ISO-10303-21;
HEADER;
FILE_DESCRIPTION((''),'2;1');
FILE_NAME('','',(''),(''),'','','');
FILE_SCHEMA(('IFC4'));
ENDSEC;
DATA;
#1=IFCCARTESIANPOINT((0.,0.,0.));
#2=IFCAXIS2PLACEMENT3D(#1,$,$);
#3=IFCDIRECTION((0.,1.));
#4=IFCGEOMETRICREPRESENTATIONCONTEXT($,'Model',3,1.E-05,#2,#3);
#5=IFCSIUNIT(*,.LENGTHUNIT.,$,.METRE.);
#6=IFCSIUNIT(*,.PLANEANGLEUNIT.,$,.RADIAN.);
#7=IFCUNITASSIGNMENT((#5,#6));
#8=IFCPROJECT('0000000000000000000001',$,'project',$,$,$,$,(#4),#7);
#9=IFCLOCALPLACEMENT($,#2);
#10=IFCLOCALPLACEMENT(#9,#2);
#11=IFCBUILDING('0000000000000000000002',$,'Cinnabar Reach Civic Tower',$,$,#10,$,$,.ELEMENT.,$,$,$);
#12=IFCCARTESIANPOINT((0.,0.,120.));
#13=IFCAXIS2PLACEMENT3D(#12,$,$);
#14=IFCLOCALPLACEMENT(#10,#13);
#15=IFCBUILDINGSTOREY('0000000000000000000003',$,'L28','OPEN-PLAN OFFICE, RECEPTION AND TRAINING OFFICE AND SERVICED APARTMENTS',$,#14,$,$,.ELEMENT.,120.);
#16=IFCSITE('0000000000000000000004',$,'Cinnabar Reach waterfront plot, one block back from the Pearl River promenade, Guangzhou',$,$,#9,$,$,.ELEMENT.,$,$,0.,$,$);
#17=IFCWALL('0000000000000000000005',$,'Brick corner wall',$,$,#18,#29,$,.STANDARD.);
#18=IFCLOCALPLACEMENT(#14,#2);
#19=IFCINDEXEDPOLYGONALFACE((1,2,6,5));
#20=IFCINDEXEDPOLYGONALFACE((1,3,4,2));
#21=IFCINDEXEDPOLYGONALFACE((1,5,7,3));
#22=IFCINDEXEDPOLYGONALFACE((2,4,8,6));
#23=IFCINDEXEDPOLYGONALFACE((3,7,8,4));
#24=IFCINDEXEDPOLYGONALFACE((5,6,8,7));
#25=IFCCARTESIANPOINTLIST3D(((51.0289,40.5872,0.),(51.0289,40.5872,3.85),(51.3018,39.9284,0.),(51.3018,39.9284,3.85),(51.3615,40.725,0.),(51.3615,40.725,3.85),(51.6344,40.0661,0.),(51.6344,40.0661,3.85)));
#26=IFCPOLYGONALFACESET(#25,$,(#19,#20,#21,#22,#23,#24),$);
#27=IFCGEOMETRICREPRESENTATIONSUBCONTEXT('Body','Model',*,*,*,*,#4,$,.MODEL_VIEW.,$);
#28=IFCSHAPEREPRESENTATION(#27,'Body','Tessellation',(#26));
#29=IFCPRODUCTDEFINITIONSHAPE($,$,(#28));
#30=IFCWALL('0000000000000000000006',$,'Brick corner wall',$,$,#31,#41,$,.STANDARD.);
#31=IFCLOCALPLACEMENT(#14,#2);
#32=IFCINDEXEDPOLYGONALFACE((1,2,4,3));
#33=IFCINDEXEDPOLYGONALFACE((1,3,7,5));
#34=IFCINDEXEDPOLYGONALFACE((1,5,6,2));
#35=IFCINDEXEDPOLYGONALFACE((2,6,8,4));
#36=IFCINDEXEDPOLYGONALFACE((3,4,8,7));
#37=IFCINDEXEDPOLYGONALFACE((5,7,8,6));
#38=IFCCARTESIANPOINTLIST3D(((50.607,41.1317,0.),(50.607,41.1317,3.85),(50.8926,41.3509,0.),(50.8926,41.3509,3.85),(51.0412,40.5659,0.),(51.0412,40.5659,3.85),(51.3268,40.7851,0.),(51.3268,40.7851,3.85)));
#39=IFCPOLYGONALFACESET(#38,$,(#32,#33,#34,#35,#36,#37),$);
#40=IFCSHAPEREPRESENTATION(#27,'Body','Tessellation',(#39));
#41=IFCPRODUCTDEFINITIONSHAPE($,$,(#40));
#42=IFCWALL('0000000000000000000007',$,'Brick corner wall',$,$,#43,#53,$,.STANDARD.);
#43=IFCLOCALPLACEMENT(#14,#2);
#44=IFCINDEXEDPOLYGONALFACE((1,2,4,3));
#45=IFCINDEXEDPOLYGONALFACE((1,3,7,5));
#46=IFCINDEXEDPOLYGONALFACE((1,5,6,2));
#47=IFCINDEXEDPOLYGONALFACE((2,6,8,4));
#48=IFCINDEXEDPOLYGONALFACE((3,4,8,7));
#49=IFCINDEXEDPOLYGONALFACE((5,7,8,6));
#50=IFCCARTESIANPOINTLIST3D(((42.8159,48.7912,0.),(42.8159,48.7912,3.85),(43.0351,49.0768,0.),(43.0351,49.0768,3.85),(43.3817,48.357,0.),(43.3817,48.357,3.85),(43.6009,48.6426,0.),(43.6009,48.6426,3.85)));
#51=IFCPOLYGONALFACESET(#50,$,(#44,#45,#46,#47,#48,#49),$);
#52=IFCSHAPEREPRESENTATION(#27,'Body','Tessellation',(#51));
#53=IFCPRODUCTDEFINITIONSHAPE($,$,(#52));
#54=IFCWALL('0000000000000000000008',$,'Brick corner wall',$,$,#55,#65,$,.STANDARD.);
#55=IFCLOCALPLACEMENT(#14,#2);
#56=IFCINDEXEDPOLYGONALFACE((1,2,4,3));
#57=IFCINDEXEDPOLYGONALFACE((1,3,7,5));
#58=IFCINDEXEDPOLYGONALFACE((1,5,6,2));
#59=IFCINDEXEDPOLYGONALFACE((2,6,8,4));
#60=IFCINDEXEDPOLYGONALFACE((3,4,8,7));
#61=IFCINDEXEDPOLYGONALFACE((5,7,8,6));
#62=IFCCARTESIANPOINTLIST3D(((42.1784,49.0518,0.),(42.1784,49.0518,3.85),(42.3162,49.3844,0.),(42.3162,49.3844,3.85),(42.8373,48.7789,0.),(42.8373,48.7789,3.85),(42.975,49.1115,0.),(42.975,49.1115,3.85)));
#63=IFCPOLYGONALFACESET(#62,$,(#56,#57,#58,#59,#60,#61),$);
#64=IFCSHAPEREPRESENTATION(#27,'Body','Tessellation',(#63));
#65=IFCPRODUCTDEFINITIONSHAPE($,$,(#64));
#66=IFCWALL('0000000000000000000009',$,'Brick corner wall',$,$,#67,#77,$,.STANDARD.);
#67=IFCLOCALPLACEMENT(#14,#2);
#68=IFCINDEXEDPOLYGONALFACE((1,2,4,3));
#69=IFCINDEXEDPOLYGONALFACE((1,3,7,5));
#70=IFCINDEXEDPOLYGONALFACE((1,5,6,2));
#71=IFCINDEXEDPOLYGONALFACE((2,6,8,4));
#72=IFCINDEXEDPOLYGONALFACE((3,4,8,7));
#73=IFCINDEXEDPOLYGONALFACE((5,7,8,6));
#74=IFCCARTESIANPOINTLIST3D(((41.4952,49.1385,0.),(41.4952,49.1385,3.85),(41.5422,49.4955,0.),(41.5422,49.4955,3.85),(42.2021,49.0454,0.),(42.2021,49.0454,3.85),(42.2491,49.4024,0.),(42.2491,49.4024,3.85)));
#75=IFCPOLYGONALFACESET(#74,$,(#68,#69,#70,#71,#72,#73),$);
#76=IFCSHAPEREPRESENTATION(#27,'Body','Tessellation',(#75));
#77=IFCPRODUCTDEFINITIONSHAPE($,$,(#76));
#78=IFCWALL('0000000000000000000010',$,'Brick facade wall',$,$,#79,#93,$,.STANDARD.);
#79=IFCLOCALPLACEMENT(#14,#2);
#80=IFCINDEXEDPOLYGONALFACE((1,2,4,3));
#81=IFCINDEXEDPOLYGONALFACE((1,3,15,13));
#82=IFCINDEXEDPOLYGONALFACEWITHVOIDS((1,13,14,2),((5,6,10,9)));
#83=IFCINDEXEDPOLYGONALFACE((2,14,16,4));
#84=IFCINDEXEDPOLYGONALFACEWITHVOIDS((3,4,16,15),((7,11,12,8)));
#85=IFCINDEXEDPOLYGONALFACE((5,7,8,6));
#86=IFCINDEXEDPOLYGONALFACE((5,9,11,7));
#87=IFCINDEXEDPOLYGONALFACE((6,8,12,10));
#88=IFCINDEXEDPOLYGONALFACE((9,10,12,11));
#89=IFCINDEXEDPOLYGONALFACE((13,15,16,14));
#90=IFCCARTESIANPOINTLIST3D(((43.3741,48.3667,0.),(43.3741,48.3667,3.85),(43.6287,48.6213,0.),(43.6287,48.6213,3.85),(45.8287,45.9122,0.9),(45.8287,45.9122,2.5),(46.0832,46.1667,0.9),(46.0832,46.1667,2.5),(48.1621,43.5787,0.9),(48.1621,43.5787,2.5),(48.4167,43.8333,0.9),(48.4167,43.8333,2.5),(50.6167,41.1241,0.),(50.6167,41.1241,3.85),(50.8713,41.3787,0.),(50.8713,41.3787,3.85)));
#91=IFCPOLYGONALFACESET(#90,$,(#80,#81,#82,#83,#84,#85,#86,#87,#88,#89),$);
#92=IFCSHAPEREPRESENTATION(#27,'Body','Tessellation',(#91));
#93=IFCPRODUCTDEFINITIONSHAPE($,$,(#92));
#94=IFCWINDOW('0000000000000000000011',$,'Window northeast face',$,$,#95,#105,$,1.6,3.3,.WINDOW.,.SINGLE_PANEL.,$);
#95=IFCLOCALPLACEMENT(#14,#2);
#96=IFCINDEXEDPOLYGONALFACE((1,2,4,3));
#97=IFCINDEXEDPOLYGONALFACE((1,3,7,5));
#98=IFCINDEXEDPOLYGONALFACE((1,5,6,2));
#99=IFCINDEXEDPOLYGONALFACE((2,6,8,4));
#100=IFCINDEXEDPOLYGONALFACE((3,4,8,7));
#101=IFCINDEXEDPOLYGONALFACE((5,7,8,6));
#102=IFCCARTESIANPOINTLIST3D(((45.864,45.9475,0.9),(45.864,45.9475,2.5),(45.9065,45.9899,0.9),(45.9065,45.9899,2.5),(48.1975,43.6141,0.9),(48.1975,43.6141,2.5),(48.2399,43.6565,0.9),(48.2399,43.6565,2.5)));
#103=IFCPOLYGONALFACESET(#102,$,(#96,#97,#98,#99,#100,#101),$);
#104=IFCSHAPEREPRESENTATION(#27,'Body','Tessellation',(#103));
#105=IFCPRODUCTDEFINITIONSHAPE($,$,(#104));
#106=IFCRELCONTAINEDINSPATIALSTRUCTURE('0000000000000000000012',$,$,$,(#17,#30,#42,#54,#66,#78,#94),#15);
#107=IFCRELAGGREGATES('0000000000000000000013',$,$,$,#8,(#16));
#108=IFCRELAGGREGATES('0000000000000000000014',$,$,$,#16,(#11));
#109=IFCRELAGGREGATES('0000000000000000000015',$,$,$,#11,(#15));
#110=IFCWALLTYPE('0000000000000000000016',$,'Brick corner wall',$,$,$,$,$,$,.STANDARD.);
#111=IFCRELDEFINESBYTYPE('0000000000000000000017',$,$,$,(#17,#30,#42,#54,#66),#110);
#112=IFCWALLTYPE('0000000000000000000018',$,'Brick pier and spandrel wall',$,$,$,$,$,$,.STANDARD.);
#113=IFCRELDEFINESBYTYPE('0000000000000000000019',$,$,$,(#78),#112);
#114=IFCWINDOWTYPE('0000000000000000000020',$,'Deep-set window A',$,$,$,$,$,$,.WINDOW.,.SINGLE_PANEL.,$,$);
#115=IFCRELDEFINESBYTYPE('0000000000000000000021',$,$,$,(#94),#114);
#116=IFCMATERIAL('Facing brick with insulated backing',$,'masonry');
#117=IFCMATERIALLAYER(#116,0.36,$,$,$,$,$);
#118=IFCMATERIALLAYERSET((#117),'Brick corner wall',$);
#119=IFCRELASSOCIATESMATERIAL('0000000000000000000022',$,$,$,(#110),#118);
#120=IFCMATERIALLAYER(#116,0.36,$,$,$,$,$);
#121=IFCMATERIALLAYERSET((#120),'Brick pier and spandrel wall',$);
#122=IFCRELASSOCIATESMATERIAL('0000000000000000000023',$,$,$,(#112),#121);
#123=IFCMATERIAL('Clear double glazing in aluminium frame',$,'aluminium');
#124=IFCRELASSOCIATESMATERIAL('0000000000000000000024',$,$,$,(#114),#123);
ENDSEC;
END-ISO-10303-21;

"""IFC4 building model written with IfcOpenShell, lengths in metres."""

from ifc_helpers import new_model, si_unit, direction, frame, frame_2d, origin, place, context, subcontext, project, spatial, rectangle, extrude, material, layer, layer_set, type_object, element, fill, save


model = new_model("IFC4")

# Units and contexts
model_context = context("Model", 3, precision=1e-05, world=origin(), true_north=direction((0.0, 1.0)))
body_context = subcontext(model_context, "Body", "Model", "MODEL_VIEW")
ifc_project = project(units=[si_unit("LENGTHUNIT", "METRE"), si_unit("PLANEANGLEUNIT", "RADIAN")], contexts=[model_context])

# Site, building, storey
site_placement = place(None, origin())
site = spatial("IfcSite", under=ifc_project, at=site_placement, Name="Cinnabar Reach waterfront plot, one block back from the Pearl River promenade, Guangzhou", CompositionType="ELEMENT", RefElevation=0.0)
building_placement = place(site_placement, origin())
building = spatial("IfcBuilding", under=site, at=building_placement, Name="Cinnabar Reach Civic Tower", CompositionType="ELEMENT")
storey_placement = place(building_placement, frame((0.0, 0.0, 120.0)))
storey = spatial("IfcBuildingStorey", under=building, at=storey_placement, Name="L28", Description="OPEN-PLAN OFFICE, RECEPTION AND TRAINING OFFICE AND SERVICED APARTMENTS", CompositionType="ELEMENT", Elevation=120.0)

# Walls
ifc_material_1 = material(Name="Facing brick with insulated backing", Category="masonry")
ifc_layer_1 = layer(ifc_material_1, 0.36)
ifc_layer_set_1 = layer_set([ifc_layer_1], Name="Brick corner wall")
wall_type_1 = type_object("IfcWallType", Name="Brick corner wall", PredefinedType="STANDARD", material=ifc_layer_set_1)
wall_1_placement = place(storey_placement, frame((51.4681, 39.9973, 0.0), z_axis=(0.0, 0.0, 1.0), x_axis=(-0.382703, 0.923872, 0.0)))
element("IfcWall", 1, at=wall_1_placement, inside=storey, type_object=wall_type_1, Name="Brick corner wall", PredefinedType="STANDARD", context=body_context, shape_type="SweptSolid", body=[
    extrude(rectangle(XDim=0.7131, YDim=0.36, at=frame_2d((0.3565, 0.0))), origin(), (0.0, 0.0, 1.0), 3.85),
])
for number, where, z_axis, x_axis, name in (
    (2, (51.184, 40.6755, 0.0), (0.0, 0.0, 1.0), (-0.608802, 0.793322, 0.0), "Brick corner wall"),
    (3, (43.4913, 48.4998, 0.0), (0.0, 0.0, 1.0), (-0.793322, 0.608802, 0.0), "Brick corner wall"),
):
    element("IfcWall", number, at=place(storey_placement, frame(where, z_axis=z_axis, x_axis=x_axis)), inside=storey, type_object=wall_type_1, Name=name, PredefinedType="STANDARD", context=body_context, shape_type="SweptSolid", body=[
        extrude(rectangle(XDim=0.7132, YDim=0.36, at=frame_2d((0.3566, 0.0))), origin(), (0.0, 0.0, 1.0), 3.85),
    ])
for number, where, z_axis, x_axis, name in (
    (4, (42.9061, 48.9452, 0.0), (0.0, 0.0, 1.0), (-0.923872, 0.382703, 0.0), "Brick corner wall"),
    (5, (42.2256, 49.2239, 0.0), (0.0, 0.0, 1.0), (-0.991441, 0.130556, 0.0), "Brick corner wall"),
):
    element("IfcWall", number, at=place(storey_placement, frame(where, z_axis=z_axis, x_axis=x_axis)), inside=storey, type_object=wall_type_1, Name=name, PredefinedType="STANDARD", context=body_context, shape_type="SweptSolid", body=[
        extrude(rectangle(XDim=0.7131, YDim=0.36, at=frame_2d((0.3565, 0.0))), origin(), (0.0, 0.0, 1.0), 3.85),
    ])

# Wall, opening, window
ifc_layer_2 = layer(ifc_material_1, 0.36)
ifc_layer_set_2 = layer_set([ifc_layer_2], Name="Brick pier and spandrel wall")
wall_type_2 = type_object("IfcWallType", Name="Brick pier and spandrel wall", PredefinedType="STANDARD", material=ifc_layer_set_2)
wall_2_placement = place(storey_placement, frame((50.744, 41.2514, 0.0), z_axis=(0.0, 0.0, 1.0), x_axis=(-0.707107, 0.707107, 0.0)))
wall_2 = element("IfcWall", 6, at=wall_2_placement, inside=storey, type_object=wall_type_2, Name="Brick facade wall", PredefinedType="STANDARD", context=body_context, shape_type="SweptSolid", body=[
    extrude(rectangle(XDim=10.2426, YDim=0.36, at=frame_2d((5.1213, 0.0))), origin(), (0.0, 0.0, 1.0), 3.85),
])
opening_1_placement = place(wall_2_placement, frame((3.4713, 0.0, 0.9)))
opening_1 = element("IfcOpeningElement", 7, at=opening_1_placement, cuts=wall_2, PredefinedType="OPENING", context=body_context, shape_type="SweptSolid", body=[
    extrude(rectangle(XDim=3.3, YDim=1.6, at=frame_2d((1.65, 0.8))), frame((0.0, 0.19, 0.0), z_axis=(0.0, -1.0, 0.0), x_axis=(1.0, 0.0, 0.0)), (0.0, 0.0, 1.0), 0.38),
])
ifc_material_2 = material(Name="Clear double glazing in aluminium frame", Category="aluminium")
window_type_1 = type_object("IfcWindowType", Name="Deep-set window A", PartitioningType="SINGLE_PANEL", PredefinedType="WINDOW", material=ifc_material_2)
window_1_placement = place(opening_1_placement, origin())
window_1 = element("IfcWindow", 8, at=window_1_placement, inside=storey, type_object=window_type_1, Name="Window northeast face", OverallHeight=1.6, OverallWidth=3.3, PartitioningType="SINGLE_PANEL", PredefinedType="WINDOW", context=body_context, shape_type="SweptSolid", body=[
    extrude(rectangle(XDim=3.3, YDim=1.6, at=frame_2d((1.65, 0.8))), frame((0.0, 0.13, 0.0), z_axis=(0.0, -1.0, 0.0), x_axis=(1.0, 0.0, 0.0)), (0.0, 0.0, 1.0), 0.06),
])
fill(opening_1, window_1)

save(model, "model.ifc")
